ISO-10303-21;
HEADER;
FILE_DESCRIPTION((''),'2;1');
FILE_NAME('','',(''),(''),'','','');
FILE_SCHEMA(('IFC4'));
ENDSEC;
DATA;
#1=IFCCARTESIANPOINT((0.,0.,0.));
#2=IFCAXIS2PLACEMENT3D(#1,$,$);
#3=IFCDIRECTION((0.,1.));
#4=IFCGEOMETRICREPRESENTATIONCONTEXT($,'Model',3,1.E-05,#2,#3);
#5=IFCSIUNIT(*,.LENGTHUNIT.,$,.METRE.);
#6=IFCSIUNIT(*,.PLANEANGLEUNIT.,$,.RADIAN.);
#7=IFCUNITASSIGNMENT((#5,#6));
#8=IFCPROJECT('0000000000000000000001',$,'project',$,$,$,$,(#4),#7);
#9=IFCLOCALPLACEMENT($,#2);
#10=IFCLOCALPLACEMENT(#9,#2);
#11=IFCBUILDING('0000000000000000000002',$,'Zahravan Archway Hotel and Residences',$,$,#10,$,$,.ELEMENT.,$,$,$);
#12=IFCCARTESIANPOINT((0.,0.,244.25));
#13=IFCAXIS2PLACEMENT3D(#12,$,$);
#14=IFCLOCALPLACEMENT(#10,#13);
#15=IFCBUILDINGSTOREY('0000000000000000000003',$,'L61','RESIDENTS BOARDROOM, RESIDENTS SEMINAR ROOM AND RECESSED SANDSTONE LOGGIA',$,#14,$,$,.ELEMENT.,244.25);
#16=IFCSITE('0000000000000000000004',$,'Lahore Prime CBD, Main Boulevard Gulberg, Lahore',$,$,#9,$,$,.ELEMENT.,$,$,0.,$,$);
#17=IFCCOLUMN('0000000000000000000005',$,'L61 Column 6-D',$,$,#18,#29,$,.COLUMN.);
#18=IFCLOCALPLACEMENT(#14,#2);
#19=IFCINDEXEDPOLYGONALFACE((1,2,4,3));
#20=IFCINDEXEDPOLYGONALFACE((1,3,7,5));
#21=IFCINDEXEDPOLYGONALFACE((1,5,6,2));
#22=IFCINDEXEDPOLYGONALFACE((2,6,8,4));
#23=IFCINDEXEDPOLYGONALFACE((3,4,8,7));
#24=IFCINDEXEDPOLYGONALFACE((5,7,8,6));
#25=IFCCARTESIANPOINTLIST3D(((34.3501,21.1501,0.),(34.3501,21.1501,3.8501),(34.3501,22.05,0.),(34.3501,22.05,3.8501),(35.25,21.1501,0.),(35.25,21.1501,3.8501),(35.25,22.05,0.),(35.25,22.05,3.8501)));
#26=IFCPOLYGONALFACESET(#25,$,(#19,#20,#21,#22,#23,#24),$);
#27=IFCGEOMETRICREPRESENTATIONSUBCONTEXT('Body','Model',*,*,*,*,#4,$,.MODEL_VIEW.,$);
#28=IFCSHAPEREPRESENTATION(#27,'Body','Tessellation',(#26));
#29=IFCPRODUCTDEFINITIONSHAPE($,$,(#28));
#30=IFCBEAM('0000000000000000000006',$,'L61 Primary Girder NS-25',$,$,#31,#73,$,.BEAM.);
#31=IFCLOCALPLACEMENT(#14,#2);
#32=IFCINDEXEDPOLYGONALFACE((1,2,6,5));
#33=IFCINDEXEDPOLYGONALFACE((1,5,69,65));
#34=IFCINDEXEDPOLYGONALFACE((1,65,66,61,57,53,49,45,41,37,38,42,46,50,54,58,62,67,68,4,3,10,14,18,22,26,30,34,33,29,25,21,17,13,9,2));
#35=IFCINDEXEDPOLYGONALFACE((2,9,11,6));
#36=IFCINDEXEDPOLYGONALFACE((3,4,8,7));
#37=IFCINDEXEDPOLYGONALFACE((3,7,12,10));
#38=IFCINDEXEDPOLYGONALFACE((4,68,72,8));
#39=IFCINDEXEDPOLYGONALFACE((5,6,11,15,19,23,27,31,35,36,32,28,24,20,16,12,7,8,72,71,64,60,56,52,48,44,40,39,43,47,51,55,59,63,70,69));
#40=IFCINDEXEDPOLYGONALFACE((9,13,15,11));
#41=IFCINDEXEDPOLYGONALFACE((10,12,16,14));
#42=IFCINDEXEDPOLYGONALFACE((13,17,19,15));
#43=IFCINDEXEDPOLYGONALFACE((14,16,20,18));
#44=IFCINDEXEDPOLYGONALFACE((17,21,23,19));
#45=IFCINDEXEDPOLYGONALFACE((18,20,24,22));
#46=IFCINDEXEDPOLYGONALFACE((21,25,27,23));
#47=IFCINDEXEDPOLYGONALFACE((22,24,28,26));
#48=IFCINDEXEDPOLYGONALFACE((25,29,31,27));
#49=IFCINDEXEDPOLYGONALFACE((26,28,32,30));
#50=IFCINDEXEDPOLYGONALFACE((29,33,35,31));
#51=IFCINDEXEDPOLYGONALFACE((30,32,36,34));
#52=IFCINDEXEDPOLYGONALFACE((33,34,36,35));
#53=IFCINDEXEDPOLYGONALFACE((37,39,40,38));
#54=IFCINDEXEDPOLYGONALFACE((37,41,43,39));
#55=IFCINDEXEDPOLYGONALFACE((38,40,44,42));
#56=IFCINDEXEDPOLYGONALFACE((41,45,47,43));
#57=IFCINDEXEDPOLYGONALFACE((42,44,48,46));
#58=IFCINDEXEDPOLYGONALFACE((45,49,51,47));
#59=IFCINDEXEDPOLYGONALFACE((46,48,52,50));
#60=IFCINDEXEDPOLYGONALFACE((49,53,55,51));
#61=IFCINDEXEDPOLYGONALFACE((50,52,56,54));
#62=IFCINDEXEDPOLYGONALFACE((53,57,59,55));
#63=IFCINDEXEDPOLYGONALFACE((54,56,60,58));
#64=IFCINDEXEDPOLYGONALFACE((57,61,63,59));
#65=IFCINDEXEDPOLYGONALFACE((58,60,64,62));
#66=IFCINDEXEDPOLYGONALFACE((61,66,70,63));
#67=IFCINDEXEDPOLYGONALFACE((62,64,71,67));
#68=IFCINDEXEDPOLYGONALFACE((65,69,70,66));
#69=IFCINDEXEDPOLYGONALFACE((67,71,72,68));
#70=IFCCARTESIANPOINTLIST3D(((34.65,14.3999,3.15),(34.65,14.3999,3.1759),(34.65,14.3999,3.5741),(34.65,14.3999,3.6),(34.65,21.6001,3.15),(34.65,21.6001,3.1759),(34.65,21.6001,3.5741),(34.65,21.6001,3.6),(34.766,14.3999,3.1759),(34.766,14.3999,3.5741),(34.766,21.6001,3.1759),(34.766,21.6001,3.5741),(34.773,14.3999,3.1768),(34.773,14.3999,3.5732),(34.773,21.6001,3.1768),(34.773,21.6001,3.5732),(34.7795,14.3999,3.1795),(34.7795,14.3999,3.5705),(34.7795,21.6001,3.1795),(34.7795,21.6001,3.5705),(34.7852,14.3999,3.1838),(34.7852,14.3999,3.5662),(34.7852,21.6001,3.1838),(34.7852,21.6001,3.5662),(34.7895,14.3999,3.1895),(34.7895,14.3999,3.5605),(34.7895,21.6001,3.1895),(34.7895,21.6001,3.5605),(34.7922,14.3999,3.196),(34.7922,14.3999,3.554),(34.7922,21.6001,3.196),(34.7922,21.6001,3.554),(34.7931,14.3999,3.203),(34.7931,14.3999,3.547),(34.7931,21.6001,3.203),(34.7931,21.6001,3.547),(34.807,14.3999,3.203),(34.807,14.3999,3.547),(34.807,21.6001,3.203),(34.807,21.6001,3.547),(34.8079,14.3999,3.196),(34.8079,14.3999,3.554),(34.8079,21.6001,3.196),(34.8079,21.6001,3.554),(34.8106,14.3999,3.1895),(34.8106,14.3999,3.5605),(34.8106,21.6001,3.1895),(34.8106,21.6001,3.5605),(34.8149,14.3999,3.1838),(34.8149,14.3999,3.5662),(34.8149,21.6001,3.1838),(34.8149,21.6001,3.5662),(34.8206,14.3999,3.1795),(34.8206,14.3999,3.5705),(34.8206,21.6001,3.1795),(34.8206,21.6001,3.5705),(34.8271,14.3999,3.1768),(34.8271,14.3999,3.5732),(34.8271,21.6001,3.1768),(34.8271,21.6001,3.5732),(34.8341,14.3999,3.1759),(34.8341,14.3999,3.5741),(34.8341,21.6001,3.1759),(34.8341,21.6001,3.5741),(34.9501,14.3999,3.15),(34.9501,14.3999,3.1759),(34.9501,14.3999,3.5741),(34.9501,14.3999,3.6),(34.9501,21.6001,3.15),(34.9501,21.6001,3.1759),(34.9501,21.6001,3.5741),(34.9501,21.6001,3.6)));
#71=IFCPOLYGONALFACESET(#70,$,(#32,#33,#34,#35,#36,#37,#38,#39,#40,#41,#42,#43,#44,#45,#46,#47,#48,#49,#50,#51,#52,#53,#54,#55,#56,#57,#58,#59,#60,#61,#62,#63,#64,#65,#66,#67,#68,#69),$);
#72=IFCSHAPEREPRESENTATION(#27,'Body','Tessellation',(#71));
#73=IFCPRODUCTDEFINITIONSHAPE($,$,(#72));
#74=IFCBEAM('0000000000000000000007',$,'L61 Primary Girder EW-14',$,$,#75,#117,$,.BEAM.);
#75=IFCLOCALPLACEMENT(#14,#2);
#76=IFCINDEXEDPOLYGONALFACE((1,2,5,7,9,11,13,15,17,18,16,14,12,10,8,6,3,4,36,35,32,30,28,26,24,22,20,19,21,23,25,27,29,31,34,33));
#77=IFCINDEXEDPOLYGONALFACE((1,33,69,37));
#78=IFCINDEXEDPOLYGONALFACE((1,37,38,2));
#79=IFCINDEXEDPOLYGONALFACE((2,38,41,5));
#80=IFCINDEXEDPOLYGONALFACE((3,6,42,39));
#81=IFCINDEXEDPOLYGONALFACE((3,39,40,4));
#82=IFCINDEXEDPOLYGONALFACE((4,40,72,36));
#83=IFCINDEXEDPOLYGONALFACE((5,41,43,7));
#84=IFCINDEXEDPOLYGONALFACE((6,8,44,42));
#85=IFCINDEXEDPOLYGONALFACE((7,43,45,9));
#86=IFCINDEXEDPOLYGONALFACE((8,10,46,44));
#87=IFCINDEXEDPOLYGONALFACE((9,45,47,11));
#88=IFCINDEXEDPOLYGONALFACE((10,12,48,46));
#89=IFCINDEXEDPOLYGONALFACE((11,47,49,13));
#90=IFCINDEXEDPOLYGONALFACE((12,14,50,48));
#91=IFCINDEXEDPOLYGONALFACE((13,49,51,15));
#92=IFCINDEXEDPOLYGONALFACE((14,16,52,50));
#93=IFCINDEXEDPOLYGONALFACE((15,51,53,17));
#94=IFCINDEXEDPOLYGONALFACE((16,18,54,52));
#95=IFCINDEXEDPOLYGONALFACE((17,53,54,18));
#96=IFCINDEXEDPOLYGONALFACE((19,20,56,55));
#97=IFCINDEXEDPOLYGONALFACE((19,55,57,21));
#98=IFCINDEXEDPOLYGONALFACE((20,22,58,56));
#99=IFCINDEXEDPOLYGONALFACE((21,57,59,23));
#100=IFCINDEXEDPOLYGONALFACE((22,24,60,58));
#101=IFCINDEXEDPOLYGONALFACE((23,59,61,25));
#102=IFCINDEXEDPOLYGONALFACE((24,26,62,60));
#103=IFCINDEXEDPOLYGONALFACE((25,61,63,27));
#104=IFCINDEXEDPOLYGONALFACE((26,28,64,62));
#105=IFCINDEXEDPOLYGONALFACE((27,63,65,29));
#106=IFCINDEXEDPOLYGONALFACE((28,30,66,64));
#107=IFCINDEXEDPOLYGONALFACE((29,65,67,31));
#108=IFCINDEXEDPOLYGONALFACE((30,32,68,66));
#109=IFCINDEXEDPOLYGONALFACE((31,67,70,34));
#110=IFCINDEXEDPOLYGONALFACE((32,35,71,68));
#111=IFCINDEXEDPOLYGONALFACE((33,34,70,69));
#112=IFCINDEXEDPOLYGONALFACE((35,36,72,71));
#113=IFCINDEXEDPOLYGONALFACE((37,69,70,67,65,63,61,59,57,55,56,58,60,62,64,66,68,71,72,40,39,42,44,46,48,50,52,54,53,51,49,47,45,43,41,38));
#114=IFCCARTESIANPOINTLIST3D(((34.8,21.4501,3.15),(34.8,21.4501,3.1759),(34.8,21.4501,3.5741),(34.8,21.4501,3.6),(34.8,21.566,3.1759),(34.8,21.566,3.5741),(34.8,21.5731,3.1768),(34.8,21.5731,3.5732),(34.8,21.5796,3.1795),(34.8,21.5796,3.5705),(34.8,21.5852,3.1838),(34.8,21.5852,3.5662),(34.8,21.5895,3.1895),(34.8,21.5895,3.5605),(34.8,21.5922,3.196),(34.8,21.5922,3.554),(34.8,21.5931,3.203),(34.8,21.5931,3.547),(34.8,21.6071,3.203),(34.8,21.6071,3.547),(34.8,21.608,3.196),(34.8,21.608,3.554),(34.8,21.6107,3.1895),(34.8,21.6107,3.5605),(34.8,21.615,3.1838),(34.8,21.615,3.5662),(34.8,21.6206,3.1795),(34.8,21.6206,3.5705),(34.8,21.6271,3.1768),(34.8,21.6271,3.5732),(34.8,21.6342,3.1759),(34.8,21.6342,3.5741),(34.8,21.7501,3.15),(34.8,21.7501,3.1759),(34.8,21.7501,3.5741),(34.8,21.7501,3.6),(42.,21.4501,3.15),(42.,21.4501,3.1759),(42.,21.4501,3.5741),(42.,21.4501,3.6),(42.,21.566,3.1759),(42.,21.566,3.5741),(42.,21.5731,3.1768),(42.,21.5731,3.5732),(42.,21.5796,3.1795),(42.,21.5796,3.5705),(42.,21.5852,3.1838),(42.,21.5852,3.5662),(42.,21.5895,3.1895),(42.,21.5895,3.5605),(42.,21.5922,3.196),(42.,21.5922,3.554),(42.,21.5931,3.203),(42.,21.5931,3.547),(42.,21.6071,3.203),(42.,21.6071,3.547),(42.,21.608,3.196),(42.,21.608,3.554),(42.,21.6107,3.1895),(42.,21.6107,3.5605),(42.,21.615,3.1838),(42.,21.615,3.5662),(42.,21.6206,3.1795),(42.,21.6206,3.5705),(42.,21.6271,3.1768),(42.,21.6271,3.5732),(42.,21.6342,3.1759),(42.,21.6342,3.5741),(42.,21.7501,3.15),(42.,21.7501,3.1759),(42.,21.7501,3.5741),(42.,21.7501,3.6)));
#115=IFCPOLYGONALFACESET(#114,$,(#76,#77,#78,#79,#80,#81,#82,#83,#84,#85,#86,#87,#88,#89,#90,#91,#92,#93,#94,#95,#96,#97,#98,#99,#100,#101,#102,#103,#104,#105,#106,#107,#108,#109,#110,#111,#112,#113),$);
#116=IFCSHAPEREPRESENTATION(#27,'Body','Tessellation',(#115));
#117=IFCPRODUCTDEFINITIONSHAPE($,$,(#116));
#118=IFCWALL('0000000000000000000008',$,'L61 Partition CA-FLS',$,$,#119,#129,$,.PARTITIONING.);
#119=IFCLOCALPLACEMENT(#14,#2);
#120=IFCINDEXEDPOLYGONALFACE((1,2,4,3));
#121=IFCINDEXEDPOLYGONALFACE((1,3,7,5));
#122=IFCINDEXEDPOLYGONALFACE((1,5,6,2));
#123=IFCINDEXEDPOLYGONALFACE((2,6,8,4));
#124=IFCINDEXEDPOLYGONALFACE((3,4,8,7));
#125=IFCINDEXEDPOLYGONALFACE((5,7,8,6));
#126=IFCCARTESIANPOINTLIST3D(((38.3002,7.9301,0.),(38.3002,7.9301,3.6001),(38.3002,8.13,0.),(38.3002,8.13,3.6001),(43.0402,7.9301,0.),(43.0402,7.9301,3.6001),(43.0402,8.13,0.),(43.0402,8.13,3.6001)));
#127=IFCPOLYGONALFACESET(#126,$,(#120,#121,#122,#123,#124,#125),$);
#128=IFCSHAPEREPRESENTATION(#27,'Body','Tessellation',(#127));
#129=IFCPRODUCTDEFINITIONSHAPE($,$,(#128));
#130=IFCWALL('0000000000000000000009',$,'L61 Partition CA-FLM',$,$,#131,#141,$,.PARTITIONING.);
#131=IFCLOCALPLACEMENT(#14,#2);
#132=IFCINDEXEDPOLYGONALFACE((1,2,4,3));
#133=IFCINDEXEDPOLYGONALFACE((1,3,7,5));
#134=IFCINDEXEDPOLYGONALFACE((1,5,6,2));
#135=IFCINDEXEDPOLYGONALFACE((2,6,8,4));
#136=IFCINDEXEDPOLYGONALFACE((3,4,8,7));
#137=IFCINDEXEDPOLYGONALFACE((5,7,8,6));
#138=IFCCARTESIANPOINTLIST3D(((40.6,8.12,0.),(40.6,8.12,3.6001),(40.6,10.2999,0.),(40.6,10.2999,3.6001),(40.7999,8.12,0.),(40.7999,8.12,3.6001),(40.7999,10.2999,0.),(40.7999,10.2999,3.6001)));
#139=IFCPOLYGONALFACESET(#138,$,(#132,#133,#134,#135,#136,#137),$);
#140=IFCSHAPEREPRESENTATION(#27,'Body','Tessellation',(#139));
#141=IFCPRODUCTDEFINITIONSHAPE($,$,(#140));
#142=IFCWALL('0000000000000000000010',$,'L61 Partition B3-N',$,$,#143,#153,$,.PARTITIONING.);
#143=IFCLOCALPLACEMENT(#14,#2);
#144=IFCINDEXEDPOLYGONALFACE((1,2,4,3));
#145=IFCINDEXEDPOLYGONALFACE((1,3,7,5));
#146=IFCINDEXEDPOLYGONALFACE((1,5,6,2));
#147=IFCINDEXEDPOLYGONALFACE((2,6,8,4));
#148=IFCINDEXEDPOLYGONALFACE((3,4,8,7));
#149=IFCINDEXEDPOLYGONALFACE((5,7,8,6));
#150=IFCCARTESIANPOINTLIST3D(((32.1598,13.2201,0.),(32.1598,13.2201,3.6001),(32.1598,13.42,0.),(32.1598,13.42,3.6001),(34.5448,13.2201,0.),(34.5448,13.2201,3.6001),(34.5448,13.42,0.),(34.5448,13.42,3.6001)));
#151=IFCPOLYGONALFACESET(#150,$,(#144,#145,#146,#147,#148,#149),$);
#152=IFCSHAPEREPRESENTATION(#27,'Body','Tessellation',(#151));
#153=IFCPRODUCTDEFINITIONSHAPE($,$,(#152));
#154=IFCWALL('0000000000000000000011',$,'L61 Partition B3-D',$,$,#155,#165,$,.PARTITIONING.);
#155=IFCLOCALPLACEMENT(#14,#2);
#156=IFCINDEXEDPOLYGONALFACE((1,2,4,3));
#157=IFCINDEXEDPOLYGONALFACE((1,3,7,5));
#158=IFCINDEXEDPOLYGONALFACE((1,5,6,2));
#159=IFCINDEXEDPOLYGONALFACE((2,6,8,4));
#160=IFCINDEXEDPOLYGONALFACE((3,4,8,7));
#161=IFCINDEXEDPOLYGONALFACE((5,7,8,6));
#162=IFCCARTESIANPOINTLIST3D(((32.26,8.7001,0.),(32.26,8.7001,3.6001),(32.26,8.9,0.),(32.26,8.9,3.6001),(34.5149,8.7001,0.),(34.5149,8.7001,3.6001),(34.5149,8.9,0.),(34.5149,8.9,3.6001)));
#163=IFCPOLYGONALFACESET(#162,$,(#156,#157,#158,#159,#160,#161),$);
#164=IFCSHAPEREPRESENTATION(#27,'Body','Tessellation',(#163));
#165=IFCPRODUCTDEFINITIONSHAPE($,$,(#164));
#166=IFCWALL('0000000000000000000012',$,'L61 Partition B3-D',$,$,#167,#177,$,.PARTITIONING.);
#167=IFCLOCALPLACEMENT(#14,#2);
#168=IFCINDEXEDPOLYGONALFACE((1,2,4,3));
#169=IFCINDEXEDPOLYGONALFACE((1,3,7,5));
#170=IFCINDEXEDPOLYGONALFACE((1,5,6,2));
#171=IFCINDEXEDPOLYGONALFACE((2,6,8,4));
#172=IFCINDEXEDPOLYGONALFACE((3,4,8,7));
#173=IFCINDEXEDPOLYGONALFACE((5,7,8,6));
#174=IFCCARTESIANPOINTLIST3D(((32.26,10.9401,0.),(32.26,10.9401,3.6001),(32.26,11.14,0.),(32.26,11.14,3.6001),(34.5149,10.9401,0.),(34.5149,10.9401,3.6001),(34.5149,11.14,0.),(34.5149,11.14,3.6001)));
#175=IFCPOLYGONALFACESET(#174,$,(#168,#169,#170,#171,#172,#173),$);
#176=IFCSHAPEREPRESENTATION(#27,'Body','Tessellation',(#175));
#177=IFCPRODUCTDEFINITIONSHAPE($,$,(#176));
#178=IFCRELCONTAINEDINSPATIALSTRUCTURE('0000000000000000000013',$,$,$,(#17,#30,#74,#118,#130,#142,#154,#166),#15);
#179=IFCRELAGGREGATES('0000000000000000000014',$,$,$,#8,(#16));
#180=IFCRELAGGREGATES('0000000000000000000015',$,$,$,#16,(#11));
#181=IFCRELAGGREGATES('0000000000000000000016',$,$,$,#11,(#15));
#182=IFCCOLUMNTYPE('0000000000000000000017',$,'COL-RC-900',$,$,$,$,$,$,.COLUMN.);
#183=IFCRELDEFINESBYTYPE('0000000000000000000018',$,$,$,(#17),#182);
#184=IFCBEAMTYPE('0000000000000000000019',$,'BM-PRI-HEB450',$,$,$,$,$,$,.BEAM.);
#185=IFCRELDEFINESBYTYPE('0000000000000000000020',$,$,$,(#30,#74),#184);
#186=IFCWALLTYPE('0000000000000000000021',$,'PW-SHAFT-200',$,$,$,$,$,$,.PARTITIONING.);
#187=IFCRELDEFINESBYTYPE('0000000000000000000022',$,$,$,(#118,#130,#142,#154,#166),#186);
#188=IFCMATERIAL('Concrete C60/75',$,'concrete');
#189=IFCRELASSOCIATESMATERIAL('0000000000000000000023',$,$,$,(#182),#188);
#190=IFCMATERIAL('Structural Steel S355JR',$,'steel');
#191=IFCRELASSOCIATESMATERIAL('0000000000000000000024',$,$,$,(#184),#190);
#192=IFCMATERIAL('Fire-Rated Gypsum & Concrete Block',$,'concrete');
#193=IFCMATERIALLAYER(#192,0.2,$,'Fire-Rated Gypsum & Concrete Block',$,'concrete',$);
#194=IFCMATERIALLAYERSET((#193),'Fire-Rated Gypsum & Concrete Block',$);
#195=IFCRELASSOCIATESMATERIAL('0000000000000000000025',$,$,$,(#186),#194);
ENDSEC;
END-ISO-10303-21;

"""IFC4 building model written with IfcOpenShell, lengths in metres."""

from ifc_helpers import new_model, si_unit, direction, frame, frame_2d, origin, origin_2d, place, context, subcontext, project, spatial, rectangle, i_section, extrude, source, transform, mapped, material, layer, layer_set, material_profile, profile_set, type_object, type_shapes, element, save


model = new_model("IFC4")

# Units and contexts
model_context = context("Model", 3, precision=1e-05, world=origin(), true_north=direction((0.0, 1.0)))
body_context = subcontext(model_context, "Body", "Model", "MODEL_VIEW")
ifc_project = project(units=[si_unit("LENGTHUNIT", "METRE"), si_unit("PLANEANGLEUNIT", "RADIAN")], contexts=[model_context])

# Site, building, storey
site_placement = place(None, origin())
site = spatial("IfcSite", under=ifc_project, at=site_placement, Name="Lahore Prime CBD, Main Boulevard Gulberg, Lahore", CompositionType="ELEMENT", RefElevation=0.0)
building_placement = place(site_placement, origin())
building = spatial("IfcBuilding", under=site, at=building_placement, Name="Zahravan Archway Hotel and Residences", CompositionType="ELEMENT")
storey_placement = place(building_placement, frame((0.0, 0.0, 244.25)))
storey = spatial("IfcBuildingStorey", under=building, at=storey_placement, Name="L61", Description="RESIDENTS BOARDROOM, RESIDENTS SEMINAR ROOM AND RECESSED SANDSTONE LOGGIA", CompositionType="ELEMENT", Elevation=244.25)

# Column
ifc_material_1 = material(Name="Concrete C60/75", Category="concrete")
ifc_material_profile_1 = material_profile(ifc_material_1, rectangle(XDim=0.8999, YDim=0.8999, at=origin_2d()), Name="RC-COL-900x900", Category="concrete")
ifc_profile_set_1 = profile_set([ifc_material_profile_1], Name="Concrete C60/75")
column_type = type_object("IfcColumnType", Name="COL-RC-900", PredefinedType="COLUMN", material=ifc_profile_set_1)
shared_shape_1 = source(origin(), body_context, "Body", "SweptSolid", [
    extrude(rectangle(XDim=0.8999, YDim=0.8999, at=origin_2d()), origin(), (0.0, 0.0, 1.0), 3.8501),
])
type_shapes(column_type, [shared_shape_1])
column_placement = place(storey_placement, frame((34.8, 21.6001, 0.0), z_axis=(0.0, 0.0, 1.0), x_axis=(1.0, 0.0, 0.0)))
element("IfcColumn", 1, at=column_placement, inside=storey, type_object=column_type, Name="L61 Column 6-D", PredefinedType="COLUMN", context=body_context, shape_type="MappedRepresentation", body=[
    mapped(shared_shape_1, transform((0.0, 0.0, 0.0), scale=1.0)),
])

# Beams
ifc_material_2 = material(Name="Structural Steel S355JR", Category="steel")
ifc_material_profile_2 = material_profile(ifc_material_2, i_section(OverallWidth=0.3, OverallDepth=0.45, WebThickness=0.0139, FlangeThickness=0.0259, FilletRadius=0.0271, at=origin_2d()), Name="HEB 450", Category="steel")
ifc_profile_set_2 = profile_set([ifc_material_profile_2], Name="Structural Steel S355JR")
beam_type = type_object("IfcBeamType", Name="BM-PRI-HEB450", PredefinedType="BEAM", material=ifc_profile_set_2)
shared_shape_2 = source(origin(), body_context, "Body", "SweptSolid", [
    extrude(i_section(OverallWidth=0.3, OverallDepth=0.45, WebThickness=0.0139, FlangeThickness=0.0259, FilletRadius=0.0271, at=origin_2d()), origin(), (0.0, 0.0, 1.0), 7.2002),
])
type_shapes(beam_type, [shared_shape_2])
beam_1_placement = place(storey_placement, frame((34.8, 14.3999, 3.375), z_axis=(0.0, 1.0, 0.0), x_axis=(-1.0, 0.0, 0.0)))
element("IfcBeam", 2, at=beam_1_placement, inside=storey, type_object=beam_type, Name="L61 Primary Girder NS-25", PredefinedType="BEAM", context=body_context, shape_type="MappedRepresentation", body=[
    mapped(shared_shape_2, transform((0.0, 0.0, 0.0), scale=1.0)),
])
shared_shape_3 = source(origin(), body_context, "Body", "SweptSolid", [
    extrude(i_section(OverallWidth=0.3, OverallDepth=0.45, WebThickness=0.0139, FlangeThickness=0.0259, FilletRadius=0.0271, at=origin_2d()), origin(), (0.0, 0.0, 1.0), 7.2),
])
beam_2_placement = place(storey_placement, frame((34.8, 21.6001, 3.375), z_axis=(1.0, 0.0, 0.0), x_axis=(0.0, 1.0, 0.0)))
element("IfcBeam", 3, at=beam_2_placement, inside=storey, type_object=beam_type, Name="L61 Primary Girder EW-14", PredefinedType="BEAM", context=body_context, shape_type="MappedRepresentation", body=[
    mapped(shared_shape_3, transform((0.0, 0.0, 0.0), scale=1.0)),
])

# Shared definitions
ifc_material_3 = material(Name="Fire-Rated Gypsum & Concrete Block", Category="concrete")

# Walls
ifc_layer_1 = layer(ifc_material_3, 0.2, Name="Fire-Rated Gypsum & Concrete Block", Category="concrete")
ifc_layer_set_1 = layer_set([ifc_layer_1], Name="Fire-Rated Gypsum & Concrete Block")
wall_type_1 = type_object("IfcWallType", Name="PW-SHAFT-200", PredefinedType="PARTITIONING", material=ifc_layer_set_1)
wall_1_placement = place(storey_placement, frame((38.3, 8.03, 0.0), z_axis=(0.0, 0.0, 1.0), x_axis=(1.0, 0.0, 0.0)))
element("IfcWall", 4, at=wall_1_placement, inside=storey, type_object=wall_type_1, Name="L61 Partition CA-FLS", PredefinedType="PARTITIONING", context=body_context, shape_type="SweptSolid", body=[
    extrude(rectangle(XDim=4.74, YDim=0.2, at=frame_2d((2.3701, 0.0))), origin(), (0.0, 0.0, 1.0), 3.6001),
])
wall_2_placement = place(storey_placement, frame((40.7, 8.1201, 0.0), z_axis=(0.0, 0.0, 1.0), x_axis=(0.0, 1.0, 0.0)))
element("IfcWall", 5, at=wall_2_placement, inside=storey, type_object=wall_type_1, Name="L61 Partition CA-FLM", PredefinedType="PARTITIONING", context=body_context, shape_type="SweptSolid", body=[
    extrude(rectangle(XDim=2.1799, YDim=0.2, at=frame_2d((1.0898, 0.0))), origin(), (0.0, 0.0, 1.0), 3.6001),
])
wall_3_placement = place(storey_placement, frame((32.1599, 13.3201, 0.0), z_axis=(0.0, 0.0, 1.0), x_axis=(1.0, 0.0, 0.0)))
element("IfcWall", 6, at=wall_3_placement, inside=storey, type_object=wall_type_1, Name="L61 Partition B3-N", PredefinedType="PARTITIONING", context=body_context, shape_type="SweptSolid", body=[
    extrude(rectangle(XDim=2.385, YDim=0.2, at=frame_2d((1.1924, 0.0))), origin(), (0.0, 0.0, 1.0), 3.6001),
])
for number, where, z_axis, x_axis, name in (
    (7, (32.26, 8.8, 0.0), (0.0, 0.0, 1.0), (1.0, 0.0, 0.0), "L61 Partition B3-D"),
    (8, (32.26, 11.04, 0.0), (0.0, 0.0, 1.0), (1.0, 0.0, 0.0), "L61 Partition B3-D"),
):
    element("IfcWall", number, at=place(storey_placement, frame(where, z_axis=z_axis, x_axis=x_axis)), inside=storey, type_object=wall_type_1, Name=name, PredefinedType="PARTITIONING", context=body_context, shape_type="SweptSolid", body=[
        extrude(rectangle(XDim=2.2549, YDim=0.2, at=frame_2d((1.1274, 0.0))), origin(), (0.0, 0.0, 1.0), 3.6001),
    ])

save(model, "model.ifc")
